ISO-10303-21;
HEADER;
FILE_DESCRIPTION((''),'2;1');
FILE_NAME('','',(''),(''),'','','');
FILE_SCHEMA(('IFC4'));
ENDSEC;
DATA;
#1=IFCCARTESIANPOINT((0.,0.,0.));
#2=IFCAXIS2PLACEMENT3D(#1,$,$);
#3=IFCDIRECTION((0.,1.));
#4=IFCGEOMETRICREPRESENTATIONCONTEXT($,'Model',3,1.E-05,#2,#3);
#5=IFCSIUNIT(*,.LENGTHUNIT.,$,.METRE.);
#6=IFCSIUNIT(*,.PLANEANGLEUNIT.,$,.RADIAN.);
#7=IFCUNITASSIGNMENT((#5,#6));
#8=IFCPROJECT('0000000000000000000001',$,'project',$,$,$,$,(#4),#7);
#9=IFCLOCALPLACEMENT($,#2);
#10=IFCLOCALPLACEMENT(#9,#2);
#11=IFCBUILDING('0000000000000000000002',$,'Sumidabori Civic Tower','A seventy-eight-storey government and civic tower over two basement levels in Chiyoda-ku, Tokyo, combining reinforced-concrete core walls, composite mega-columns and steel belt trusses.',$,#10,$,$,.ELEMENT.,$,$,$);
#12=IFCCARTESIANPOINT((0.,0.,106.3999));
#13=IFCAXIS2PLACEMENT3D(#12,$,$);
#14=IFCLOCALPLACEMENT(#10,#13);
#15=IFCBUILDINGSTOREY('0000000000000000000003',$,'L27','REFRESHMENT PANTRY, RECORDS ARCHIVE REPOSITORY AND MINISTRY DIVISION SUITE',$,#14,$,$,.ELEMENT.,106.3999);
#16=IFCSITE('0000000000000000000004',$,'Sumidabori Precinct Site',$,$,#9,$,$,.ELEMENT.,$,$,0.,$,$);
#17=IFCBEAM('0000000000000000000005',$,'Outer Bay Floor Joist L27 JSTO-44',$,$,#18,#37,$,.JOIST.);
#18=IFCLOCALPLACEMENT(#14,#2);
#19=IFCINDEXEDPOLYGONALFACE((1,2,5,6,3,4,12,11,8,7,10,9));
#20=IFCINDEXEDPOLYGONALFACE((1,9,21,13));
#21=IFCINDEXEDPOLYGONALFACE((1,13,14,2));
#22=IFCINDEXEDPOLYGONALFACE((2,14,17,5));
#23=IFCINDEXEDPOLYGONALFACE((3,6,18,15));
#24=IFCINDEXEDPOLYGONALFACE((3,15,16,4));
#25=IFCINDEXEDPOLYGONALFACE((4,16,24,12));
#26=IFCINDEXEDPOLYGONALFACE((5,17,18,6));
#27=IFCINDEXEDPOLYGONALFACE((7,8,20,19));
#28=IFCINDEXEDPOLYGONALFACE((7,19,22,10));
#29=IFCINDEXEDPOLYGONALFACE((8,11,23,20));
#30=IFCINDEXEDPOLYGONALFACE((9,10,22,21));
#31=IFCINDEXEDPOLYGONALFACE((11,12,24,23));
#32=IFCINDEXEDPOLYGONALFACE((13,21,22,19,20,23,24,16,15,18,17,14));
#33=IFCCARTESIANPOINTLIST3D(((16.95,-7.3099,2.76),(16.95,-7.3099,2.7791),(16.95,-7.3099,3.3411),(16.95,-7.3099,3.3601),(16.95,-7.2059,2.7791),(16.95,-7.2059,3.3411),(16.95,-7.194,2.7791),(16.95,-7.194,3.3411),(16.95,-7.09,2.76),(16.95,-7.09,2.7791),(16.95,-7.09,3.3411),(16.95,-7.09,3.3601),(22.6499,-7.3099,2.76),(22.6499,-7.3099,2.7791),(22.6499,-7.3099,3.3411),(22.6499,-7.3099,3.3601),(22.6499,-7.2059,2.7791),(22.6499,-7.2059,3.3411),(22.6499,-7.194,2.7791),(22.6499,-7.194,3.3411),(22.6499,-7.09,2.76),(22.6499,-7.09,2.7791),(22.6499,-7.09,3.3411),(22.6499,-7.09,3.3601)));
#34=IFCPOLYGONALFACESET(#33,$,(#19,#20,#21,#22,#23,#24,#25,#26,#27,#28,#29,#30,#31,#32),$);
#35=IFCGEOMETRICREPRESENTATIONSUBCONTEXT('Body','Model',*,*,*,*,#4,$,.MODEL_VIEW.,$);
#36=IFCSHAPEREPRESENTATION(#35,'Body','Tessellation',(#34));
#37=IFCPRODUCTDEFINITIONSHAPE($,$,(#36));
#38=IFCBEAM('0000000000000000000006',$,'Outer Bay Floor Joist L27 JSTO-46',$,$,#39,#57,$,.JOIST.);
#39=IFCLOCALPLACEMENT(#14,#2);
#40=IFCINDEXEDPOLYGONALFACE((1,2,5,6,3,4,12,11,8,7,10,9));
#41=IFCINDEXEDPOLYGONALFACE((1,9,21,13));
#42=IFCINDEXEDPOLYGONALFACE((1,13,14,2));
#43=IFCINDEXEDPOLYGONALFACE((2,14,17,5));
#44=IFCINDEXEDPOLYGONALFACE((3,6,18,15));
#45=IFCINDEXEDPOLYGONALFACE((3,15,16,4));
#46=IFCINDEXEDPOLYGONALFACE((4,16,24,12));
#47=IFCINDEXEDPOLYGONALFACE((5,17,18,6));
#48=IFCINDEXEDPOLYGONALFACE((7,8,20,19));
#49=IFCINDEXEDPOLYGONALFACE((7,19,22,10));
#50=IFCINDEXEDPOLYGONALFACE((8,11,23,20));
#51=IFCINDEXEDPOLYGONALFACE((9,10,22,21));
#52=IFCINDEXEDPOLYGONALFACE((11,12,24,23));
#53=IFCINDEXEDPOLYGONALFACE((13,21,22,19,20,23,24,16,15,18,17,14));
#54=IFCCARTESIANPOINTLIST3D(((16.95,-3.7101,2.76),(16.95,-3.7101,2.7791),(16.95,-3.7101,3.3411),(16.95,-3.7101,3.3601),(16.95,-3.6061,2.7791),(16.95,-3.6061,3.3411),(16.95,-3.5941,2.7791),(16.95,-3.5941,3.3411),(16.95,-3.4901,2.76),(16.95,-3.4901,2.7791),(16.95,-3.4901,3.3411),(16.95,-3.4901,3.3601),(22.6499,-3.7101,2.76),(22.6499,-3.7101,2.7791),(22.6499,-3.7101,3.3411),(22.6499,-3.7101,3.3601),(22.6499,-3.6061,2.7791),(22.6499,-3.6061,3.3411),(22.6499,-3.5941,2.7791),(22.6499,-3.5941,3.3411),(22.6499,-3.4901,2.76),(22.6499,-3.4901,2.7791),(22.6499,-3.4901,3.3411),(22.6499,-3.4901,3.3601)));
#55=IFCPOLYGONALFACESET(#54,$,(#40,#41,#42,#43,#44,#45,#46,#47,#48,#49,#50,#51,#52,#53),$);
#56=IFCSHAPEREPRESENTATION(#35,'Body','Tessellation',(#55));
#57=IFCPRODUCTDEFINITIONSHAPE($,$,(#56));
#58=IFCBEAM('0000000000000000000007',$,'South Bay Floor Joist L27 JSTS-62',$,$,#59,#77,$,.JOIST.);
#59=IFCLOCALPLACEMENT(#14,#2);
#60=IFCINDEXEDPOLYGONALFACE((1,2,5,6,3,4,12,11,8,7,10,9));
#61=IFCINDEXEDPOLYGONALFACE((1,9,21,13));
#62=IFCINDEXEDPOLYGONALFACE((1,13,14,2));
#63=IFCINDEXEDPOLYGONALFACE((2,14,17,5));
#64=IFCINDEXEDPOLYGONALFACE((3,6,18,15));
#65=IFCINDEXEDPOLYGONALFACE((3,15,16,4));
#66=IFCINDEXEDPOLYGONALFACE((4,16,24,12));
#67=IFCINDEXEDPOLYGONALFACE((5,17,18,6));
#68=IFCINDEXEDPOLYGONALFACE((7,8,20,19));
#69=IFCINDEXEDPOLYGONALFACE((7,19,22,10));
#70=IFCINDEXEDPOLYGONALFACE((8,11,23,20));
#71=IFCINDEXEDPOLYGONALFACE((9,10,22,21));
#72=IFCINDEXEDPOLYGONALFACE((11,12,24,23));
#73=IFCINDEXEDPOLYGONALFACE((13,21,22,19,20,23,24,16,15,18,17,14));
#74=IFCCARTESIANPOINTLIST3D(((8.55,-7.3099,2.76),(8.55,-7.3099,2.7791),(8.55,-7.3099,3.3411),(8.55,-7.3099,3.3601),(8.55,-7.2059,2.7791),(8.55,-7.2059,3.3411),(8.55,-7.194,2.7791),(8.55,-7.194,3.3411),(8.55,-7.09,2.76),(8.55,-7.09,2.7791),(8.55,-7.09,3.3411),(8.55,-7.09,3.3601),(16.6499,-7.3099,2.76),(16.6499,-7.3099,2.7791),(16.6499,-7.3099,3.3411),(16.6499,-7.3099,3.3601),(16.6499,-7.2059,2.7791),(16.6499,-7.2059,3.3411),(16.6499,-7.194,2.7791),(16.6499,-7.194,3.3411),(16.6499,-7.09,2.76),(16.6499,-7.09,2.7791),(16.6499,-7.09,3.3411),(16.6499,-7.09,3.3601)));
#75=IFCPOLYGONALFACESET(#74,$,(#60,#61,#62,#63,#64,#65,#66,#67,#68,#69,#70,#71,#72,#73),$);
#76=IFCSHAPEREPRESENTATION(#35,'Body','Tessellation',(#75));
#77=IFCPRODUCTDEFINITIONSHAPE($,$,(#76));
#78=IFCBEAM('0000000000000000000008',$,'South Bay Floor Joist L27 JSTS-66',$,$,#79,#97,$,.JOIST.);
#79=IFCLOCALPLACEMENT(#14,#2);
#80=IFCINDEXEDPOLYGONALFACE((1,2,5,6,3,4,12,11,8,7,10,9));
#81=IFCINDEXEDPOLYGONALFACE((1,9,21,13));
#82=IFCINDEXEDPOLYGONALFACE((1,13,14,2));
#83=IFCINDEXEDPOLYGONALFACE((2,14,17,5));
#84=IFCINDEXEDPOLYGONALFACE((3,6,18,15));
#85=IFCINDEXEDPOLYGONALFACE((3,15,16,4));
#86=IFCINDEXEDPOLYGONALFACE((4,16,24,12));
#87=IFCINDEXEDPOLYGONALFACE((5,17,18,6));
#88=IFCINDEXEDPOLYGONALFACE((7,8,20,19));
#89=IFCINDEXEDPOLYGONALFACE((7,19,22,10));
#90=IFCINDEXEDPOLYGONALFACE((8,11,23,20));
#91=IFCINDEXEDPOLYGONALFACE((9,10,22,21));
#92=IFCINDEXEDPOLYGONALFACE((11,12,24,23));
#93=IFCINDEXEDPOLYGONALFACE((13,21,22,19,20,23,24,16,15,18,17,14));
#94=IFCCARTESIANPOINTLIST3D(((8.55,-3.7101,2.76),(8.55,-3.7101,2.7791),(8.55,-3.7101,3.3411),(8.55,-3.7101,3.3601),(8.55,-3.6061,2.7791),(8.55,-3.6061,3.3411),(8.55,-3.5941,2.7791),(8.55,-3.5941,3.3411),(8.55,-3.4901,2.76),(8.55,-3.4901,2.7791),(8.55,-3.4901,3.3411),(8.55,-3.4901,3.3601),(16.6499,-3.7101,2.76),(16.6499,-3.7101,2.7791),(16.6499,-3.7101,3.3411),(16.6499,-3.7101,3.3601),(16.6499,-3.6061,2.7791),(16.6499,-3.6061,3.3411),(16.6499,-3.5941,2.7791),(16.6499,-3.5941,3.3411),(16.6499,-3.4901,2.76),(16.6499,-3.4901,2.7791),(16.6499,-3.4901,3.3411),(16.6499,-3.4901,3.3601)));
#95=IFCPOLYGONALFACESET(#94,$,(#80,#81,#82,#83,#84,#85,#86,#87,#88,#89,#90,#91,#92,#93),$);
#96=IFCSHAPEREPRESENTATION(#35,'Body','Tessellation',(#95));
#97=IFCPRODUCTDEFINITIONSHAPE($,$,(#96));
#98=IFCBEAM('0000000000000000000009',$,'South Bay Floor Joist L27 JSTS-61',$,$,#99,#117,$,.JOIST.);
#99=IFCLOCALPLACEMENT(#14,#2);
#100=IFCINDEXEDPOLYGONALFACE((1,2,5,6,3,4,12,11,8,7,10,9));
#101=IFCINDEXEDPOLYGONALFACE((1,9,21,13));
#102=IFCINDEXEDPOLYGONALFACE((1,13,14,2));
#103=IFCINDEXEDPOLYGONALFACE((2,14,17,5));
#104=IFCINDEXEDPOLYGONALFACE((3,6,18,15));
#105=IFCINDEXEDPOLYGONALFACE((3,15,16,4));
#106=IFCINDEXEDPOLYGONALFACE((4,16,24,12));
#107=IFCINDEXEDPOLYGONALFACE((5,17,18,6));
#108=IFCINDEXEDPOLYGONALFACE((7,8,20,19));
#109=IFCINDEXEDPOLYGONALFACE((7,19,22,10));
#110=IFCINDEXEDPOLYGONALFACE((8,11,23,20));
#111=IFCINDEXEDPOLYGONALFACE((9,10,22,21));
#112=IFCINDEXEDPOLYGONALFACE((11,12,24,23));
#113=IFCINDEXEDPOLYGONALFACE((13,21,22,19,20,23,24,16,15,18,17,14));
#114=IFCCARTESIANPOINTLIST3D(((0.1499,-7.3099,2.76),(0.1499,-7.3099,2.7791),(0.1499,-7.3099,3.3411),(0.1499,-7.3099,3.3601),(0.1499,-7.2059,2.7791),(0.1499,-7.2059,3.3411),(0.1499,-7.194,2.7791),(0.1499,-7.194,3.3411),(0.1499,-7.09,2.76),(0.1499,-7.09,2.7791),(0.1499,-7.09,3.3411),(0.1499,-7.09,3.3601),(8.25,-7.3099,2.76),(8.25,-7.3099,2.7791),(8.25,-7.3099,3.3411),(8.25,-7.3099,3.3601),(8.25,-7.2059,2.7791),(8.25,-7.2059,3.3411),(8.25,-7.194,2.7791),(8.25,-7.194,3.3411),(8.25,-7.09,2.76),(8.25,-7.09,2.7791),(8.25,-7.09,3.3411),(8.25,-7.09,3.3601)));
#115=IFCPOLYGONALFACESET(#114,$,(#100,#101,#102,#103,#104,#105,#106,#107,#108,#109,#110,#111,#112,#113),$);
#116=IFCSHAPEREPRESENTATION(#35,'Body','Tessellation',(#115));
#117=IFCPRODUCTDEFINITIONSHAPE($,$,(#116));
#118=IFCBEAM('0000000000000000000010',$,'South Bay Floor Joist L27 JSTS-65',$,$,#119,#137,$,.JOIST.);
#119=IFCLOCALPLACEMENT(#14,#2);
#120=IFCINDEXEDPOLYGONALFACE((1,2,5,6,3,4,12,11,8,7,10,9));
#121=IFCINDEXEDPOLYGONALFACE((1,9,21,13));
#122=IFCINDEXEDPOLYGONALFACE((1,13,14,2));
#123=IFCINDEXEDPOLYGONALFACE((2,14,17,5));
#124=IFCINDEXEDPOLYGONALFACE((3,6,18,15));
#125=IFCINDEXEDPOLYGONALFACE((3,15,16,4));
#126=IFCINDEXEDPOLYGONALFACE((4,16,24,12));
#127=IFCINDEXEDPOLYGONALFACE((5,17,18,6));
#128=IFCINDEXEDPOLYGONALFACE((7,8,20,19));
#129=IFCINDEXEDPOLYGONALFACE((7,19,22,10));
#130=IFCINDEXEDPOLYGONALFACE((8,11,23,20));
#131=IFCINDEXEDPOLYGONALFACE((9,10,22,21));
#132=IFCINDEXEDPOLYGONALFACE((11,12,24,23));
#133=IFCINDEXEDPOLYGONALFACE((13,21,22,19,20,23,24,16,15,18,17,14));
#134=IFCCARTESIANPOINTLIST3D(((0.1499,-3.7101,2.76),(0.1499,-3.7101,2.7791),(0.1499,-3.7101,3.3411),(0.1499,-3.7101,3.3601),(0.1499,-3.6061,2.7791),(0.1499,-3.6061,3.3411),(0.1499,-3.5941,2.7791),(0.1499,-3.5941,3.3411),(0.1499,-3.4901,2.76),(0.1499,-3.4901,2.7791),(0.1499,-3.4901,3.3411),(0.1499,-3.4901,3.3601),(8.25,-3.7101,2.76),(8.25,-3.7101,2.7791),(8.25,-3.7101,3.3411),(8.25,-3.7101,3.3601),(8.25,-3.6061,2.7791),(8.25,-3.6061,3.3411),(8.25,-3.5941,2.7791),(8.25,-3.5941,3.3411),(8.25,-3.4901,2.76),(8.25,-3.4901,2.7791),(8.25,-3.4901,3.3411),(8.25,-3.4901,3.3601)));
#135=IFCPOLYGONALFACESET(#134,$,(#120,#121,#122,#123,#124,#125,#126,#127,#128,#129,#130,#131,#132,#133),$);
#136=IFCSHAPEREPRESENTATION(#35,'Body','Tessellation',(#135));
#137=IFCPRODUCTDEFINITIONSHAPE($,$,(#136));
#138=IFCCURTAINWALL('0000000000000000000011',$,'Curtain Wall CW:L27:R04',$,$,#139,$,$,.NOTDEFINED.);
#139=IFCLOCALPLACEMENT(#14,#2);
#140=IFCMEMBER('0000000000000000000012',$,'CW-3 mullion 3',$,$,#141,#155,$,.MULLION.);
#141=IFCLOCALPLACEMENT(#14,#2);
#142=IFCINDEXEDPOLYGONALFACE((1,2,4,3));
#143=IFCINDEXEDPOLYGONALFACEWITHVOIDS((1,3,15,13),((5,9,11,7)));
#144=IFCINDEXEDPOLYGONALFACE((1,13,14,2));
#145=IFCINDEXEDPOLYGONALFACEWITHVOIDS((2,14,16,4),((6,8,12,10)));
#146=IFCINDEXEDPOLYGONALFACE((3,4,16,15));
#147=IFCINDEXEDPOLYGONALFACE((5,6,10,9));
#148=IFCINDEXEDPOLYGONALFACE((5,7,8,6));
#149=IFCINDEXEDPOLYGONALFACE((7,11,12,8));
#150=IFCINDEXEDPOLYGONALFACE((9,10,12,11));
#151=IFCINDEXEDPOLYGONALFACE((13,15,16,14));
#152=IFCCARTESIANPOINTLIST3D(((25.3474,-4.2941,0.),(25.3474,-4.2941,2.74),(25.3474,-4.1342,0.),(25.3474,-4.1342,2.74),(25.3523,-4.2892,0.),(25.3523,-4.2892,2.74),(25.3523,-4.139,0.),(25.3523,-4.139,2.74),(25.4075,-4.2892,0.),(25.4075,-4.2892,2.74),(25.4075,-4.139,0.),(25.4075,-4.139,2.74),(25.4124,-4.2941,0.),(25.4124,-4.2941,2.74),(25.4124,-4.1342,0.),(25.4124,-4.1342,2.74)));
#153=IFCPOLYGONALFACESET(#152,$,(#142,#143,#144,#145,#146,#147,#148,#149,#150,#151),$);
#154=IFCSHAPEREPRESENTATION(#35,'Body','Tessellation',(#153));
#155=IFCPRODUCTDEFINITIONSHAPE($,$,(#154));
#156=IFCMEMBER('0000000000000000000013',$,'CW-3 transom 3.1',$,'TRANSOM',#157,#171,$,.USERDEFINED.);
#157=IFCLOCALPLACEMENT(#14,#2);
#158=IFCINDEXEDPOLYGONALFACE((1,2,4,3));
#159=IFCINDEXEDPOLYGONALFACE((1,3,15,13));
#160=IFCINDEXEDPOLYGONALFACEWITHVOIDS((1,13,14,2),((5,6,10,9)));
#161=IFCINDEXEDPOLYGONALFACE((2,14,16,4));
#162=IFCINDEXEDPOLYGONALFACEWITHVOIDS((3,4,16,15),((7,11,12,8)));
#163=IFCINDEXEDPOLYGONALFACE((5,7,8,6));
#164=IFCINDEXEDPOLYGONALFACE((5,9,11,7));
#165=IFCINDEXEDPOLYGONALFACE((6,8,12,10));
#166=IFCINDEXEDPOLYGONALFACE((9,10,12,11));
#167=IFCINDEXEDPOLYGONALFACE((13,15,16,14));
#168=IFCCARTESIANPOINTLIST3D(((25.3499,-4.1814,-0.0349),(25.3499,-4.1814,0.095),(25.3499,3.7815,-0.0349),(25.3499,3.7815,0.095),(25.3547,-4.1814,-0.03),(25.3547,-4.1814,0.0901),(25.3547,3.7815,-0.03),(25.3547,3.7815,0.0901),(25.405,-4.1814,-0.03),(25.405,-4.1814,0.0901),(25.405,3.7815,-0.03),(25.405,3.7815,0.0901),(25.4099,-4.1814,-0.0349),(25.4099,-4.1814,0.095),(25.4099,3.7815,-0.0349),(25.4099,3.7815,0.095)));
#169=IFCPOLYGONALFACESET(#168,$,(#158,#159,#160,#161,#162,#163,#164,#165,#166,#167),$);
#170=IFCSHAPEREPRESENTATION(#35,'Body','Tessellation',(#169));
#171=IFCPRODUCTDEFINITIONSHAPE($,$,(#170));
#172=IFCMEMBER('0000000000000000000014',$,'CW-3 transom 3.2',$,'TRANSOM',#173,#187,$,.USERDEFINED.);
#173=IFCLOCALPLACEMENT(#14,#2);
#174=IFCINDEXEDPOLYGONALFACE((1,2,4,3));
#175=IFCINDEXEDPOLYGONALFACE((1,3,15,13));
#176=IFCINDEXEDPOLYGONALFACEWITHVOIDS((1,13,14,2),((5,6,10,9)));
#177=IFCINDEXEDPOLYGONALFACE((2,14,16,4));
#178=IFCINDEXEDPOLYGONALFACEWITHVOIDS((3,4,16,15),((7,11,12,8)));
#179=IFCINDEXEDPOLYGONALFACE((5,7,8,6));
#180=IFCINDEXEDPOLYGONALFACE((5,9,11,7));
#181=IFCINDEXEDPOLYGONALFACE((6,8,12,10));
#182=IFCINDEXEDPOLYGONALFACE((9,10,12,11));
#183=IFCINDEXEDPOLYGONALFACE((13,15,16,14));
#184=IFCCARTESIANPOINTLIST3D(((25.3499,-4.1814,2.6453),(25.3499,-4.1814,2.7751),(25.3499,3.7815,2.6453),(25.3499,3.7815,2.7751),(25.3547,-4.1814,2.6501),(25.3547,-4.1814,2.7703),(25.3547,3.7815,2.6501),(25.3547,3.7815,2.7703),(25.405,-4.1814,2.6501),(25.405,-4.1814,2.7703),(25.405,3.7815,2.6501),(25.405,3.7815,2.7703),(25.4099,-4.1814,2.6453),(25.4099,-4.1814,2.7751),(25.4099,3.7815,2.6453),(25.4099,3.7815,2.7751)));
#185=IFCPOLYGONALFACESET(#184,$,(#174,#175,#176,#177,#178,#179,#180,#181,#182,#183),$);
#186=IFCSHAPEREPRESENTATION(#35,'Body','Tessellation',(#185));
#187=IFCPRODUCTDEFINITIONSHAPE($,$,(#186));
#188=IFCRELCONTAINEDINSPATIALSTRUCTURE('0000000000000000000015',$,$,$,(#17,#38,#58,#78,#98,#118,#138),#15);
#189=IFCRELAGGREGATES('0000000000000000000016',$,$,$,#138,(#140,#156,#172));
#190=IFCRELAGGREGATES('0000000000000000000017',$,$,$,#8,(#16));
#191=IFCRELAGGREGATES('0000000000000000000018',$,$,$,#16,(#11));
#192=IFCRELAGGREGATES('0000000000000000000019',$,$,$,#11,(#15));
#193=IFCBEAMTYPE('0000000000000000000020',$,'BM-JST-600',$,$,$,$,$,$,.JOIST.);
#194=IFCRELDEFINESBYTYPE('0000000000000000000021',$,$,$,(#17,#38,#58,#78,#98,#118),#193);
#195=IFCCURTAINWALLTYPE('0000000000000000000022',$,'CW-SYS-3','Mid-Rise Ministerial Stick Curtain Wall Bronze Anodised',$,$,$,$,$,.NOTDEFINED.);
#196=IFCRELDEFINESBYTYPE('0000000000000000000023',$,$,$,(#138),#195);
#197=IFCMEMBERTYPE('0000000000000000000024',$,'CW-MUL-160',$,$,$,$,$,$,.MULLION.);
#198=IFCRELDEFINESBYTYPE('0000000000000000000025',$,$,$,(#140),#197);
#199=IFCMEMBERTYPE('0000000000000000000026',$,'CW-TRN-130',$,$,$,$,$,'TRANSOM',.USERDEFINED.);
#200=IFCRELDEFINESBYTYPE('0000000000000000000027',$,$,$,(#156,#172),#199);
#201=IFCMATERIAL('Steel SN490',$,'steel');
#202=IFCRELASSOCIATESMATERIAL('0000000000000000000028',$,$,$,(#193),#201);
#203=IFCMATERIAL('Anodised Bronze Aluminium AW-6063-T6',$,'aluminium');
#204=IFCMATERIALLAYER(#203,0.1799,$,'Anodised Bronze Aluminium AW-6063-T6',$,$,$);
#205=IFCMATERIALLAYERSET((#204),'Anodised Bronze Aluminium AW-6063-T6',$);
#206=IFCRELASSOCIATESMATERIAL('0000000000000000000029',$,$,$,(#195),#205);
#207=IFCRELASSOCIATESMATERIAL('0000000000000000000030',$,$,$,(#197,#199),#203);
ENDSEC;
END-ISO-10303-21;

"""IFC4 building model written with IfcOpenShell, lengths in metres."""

from ifc_helpers import new_model, si_unit, direction, frame, origin, origin_2d, place, context, subcontext, project, spatial, hollow_rectangle, i_section, extrude, source, transform, mapped, material, layer, layer_set, material_profile, profile_set, type_object, element, aggregate, save


model = new_model("IFC4")

# Units and contexts
model_context = context("Model", 3, precision=1e-05, world=origin(), true_north=direction((0.0, 1.0)))
body_context = subcontext(model_context, "Body", "Model", "MODEL_VIEW")
ifc_project = project(units=[si_unit("LENGTHUNIT", "METRE"), si_unit("PLANEANGLEUNIT", "RADIAN")], contexts=[model_context])

# Site, building, storey
site_placement = place(None, origin())
site = spatial("IfcSite", under=ifc_project, at=site_placement, Name="Sumidabori Precinct Site", CompositionType="ELEMENT", RefElevation=0.0)
building_placement = place(site_placement, origin())
building = spatial("IfcBuilding", under=site, at=building_placement, Name="Sumidabori Civic Tower", Description="A seventy-eight-storey government and civic tower over two basement levels in Chiyoda-ku, Tokyo, combining reinforced-concrete core walls, composite mega-columns and steel belt trusses.", CompositionType="ELEMENT")
storey_placement = place(building_placement, frame((0.0, 0.0, 106.3999)))
storey = spatial("IfcBuildingStorey", under=building, at=storey_placement, Name="L27", Description="REFRESHMENT PANTRY, RECORDS ARCHIVE REPOSITORY AND MINISTRY DIVISION SUITE", CompositionType="ELEMENT", Elevation=106.3999)

# Beams
ifc_material_1 = material(Name="Steel SN490", Category="steel")
ifc_material_profile_1 = material_profile(ifc_material_1, i_section(OverallWidth=0.22, OverallDepth=0.6001, WebThickness=0.012, FlangeThickness=0.019, at=origin_2d()), Name="IPE 600")
ifc_profile_set_1 = profile_set([ifc_material_profile_1], Name="Steel SN490")
beam_type_1 = type_object("IfcBeamType", Name="BM-JST-600", PredefinedType="JOIST", material=ifc_profile_set_1)
shared_shape_1 = source(origin(), body_context, "Body", "SweptSolid", [
    extrude(i_section(OverallWidth=0.22, OverallDepth=0.6001, WebThickness=0.012, FlangeThickness=0.019, at=origin_2d()), origin(), (0.0, 0.0, 1.0), 5.7),
])
for number, where, z_axis, x_axis, name in (
    (1, (16.95, -7.2, 3.0601), (1.0, 0.0, 0.0), (0.0, 1.0, 0.0), "Outer Bay Floor Joist L27 JSTO-44"),
    (2, (16.95, -3.6001, 3.0601), (1.0, 0.0, 0.0), (0.0, 1.0, 0.0), "Outer Bay Floor Joist L27 JSTO-46"),
):
    element("IfcBeam", number, at=place(storey_placement, frame(where, z_axis=z_axis, x_axis=x_axis)), inside=storey, type_object=beam_type_1, Name=name, PredefinedType="JOIST", context=body_context, shape_type="MappedRepresentation", body=[
        mapped(shared_shape_1, transform((0.0, 0.0, 0.0), x_axis=(1.0, 0.0, 0.0), y_axis=(0.0, 1.0, 0.0), z_axis=(0.0, 0.0, 1.0), scale=1.0)),
    ])
shared_shape_2 = source(origin(), body_context, "Body", "SweptSolid", [
    extrude(i_section(OverallWidth=0.22, OverallDepth=0.6001, WebThickness=0.012, FlangeThickness=0.019, at=origin_2d()), origin(), (0.0, 0.0, 1.0), 8.0999),
])
for number, where, z_axis, x_axis, name in (
    (3, (8.55, -7.2, 3.0601), (1.0, 0.0, 0.0), (0.0, 1.0, 0.0), "South Bay Floor Joist L27 JSTS-62"),
    (4, (8.55, -3.6001, 3.0601), (1.0, 0.0, 0.0), (0.0, 1.0, 0.0), "South Bay Floor Joist L27 JSTS-66"),
):
    element("IfcBeam", number, at=place(storey_placement, frame(where, z_axis=z_axis, x_axis=x_axis)), inside=storey, type_object=beam_type_1, Name=name, PredefinedType="JOIST", context=body_context, shape_type="MappedRepresentation", body=[
        mapped(shared_shape_2, transform((0.0, 0.0, 0.0), x_axis=(1.0, 0.0, 0.0), y_axis=(0.0, 1.0, 0.0), z_axis=(0.0, 0.0, 1.0), scale=1.0)),
    ])
shared_shape_3 = source(origin(), body_context, "Body", "SweptSolid", [
    extrude(i_section(OverallWidth=0.22, OverallDepth=0.6001, WebThickness=0.012, FlangeThickness=0.019, at=origin_2d()), origin(), (0.0, 0.0, 1.0), 8.1001),
])
for number, where, z_axis, x_axis, name in (
    (5, (0.1499, -7.2, 3.0601), (1.0, 0.0, 0.0), (0.0, 1.0, 0.0), "South Bay Floor Joist L27 JSTS-61"),
    (6, (0.1499, -3.6001, 3.0601), (1.0, 0.0, 0.0), (0.0, 1.0, 0.0), "South Bay Floor Joist L27 JSTS-65"),
):
    element("IfcBeam", number, at=place(storey_placement, frame(where, z_axis=z_axis, x_axis=x_axis)), inside=storey, type_object=beam_type_1, Name=name, PredefinedType="JOIST", context=body_context, shape_type="MappedRepresentation", body=[
        mapped(shared_shape_3, transform((0.0, 0.0, 0.0), x_axis=(1.0, 0.0, 0.0), y_axis=(0.0, 1.0, 0.0), z_axis=(0.0, 0.0, 1.0), scale=1.0)),
    ])

# Curtain wall, members
ifc_material_2 = material(Name="Anodised Bronze Aluminium AW-6063-T6", Category="aluminium")
ifc_layer_1 = layer(ifc_material_2, 0.1799, Name="Anodised Bronze Aluminium AW-6063-T6")
ifc_layer_set_1 = layer_set([ifc_layer_1], Name="Anodised Bronze Aluminium AW-6063-T6")
curtain_wall_type = type_object("IfcCurtainWallType", Name="CW-SYS-3", Description="Mid-Rise Ministerial Stick Curtain Wall Bronze Anodised", PredefinedType="NOTDEFINED", material=ifc_layer_set_1)
curtain_wall_placement = place(storey_placement, origin())
curtain_wall = element("IfcCurtainWall", 7, at=curtain_wall_placement, inside=storey, type_object=curtain_wall_type, Name="Curtain Wall CW:L27:R04", PredefinedType="NOTDEFINED")
ifc_material_profile_2 = material_profile(ifc_material_2, hollow_rectangle(XDim=0.0649, YDim=0.1599, WallThickness=0.0049, at=origin_2d()), Name="ALU MULLION 160x65")
ifc_profile_set_2 = profile_set([ifc_material_profile_2], Name="Anodised Bronze Aluminium AW-6063-T6")
member_type_1 = type_object("IfcMemberType", Name="CW-MUL-160", PredefinedType="MULLION", material=ifc_profile_set_2)
shared_shape_4 = source(origin(), body_context, "Body", "SweptSolid", [
    extrude(hollow_rectangle(XDim=0.0649, YDim=0.1599, WallThickness=0.0049, at=origin_2d()), origin(), (0.0, 0.0, 1.0), 2.74),
])
member_1_placement = place(storey_placement, frame((25.3799, -4.2141, 0.0), z_axis=(0.0, 0.0, 1.0), x_axis=(-1.0, 0.0, 0.0)))
member_1 = element("IfcMember", 8, at=member_1_placement, type_object=member_type_1, Name="CW-3 mullion 3", PredefinedType="MULLION", context=body_context, shape_type="MappedRepresentation", body=[
    mapped(shared_shape_4, transform((0.0, 0.0, 0.0), x_axis=(1.0, 0.0, 0.0), y_axis=(0.0, 1.0, 0.0), z_axis=(0.0, 0.0, 1.0), scale=1.0)),
])
ifc_material_profile_3 = material_profile(ifc_material_2, hollow_rectangle(XDim=0.0601, YDim=0.1299, WallThickness=0.0049, at=origin_2d()), Name="ALU TRANSOM 130x60")
ifc_profile_set_3 = profile_set([ifc_material_profile_3], Name="Anodised Bronze Aluminium AW-6063-T6")
member_type_2 = type_object("IfcMemberType", Name="CW-TRN-130", ElementType="TRANSOM", PredefinedType="USERDEFINED", material=ifc_profile_set_3)
shared_shape_5 = source(origin(), body_context, "Body", "SweptSolid", [
    extrude(hollow_rectangle(XDim=0.0601, YDim=0.1299, WallThickness=0.0049, at=origin_2d()), origin(), (0.0, 0.0, 1.0), 7.9629),
])
member_2_placement = place(storey_placement, frame((25.3799, -4.1814, 0.03), z_axis=(0.0, 1.0, 0.0), x_axis=(-1.0, 0.0, 0.0)))
member_2 = element("IfcMember", 9, at=member_2_placement, type_object=member_type_2, Name="CW-3 transom 3.1", ObjectType="TRANSOM", PredefinedType="USERDEFINED", context=body_context, shape_type="MappedRepresentation", body=[
    mapped(shared_shape_5, transform((0.0, 0.0, 0.0), x_axis=(1.0, 0.0, 0.0), y_axis=(0.0, 1.0, 0.0), z_axis=(0.0, 0.0, 1.0), scale=1.0)),
])
member_3_placement = place(storey_placement, frame((25.3799, -4.1814, 2.7102), z_axis=(0.0, 1.0, 0.0), x_axis=(-1.0, 0.0, 0.0)))
member_3 = element("IfcMember", 10, at=member_3_placement, type_object=member_type_2, Name="CW-3 transom 3.2", ObjectType="TRANSOM", PredefinedType="USERDEFINED", context=body_context, shape_type="MappedRepresentation", body=[
    mapped(shared_shape_5, transform((0.0, 0.0, 0.0), x_axis=(1.0, 0.0, 0.0), y_axis=(0.0, 1.0, 0.0), z_axis=(0.0, 0.0, 1.0), scale=1.0)),
])
aggregate(curtain_wall, [member_1, member_2, member_3])

save(model, "model.ifc")
